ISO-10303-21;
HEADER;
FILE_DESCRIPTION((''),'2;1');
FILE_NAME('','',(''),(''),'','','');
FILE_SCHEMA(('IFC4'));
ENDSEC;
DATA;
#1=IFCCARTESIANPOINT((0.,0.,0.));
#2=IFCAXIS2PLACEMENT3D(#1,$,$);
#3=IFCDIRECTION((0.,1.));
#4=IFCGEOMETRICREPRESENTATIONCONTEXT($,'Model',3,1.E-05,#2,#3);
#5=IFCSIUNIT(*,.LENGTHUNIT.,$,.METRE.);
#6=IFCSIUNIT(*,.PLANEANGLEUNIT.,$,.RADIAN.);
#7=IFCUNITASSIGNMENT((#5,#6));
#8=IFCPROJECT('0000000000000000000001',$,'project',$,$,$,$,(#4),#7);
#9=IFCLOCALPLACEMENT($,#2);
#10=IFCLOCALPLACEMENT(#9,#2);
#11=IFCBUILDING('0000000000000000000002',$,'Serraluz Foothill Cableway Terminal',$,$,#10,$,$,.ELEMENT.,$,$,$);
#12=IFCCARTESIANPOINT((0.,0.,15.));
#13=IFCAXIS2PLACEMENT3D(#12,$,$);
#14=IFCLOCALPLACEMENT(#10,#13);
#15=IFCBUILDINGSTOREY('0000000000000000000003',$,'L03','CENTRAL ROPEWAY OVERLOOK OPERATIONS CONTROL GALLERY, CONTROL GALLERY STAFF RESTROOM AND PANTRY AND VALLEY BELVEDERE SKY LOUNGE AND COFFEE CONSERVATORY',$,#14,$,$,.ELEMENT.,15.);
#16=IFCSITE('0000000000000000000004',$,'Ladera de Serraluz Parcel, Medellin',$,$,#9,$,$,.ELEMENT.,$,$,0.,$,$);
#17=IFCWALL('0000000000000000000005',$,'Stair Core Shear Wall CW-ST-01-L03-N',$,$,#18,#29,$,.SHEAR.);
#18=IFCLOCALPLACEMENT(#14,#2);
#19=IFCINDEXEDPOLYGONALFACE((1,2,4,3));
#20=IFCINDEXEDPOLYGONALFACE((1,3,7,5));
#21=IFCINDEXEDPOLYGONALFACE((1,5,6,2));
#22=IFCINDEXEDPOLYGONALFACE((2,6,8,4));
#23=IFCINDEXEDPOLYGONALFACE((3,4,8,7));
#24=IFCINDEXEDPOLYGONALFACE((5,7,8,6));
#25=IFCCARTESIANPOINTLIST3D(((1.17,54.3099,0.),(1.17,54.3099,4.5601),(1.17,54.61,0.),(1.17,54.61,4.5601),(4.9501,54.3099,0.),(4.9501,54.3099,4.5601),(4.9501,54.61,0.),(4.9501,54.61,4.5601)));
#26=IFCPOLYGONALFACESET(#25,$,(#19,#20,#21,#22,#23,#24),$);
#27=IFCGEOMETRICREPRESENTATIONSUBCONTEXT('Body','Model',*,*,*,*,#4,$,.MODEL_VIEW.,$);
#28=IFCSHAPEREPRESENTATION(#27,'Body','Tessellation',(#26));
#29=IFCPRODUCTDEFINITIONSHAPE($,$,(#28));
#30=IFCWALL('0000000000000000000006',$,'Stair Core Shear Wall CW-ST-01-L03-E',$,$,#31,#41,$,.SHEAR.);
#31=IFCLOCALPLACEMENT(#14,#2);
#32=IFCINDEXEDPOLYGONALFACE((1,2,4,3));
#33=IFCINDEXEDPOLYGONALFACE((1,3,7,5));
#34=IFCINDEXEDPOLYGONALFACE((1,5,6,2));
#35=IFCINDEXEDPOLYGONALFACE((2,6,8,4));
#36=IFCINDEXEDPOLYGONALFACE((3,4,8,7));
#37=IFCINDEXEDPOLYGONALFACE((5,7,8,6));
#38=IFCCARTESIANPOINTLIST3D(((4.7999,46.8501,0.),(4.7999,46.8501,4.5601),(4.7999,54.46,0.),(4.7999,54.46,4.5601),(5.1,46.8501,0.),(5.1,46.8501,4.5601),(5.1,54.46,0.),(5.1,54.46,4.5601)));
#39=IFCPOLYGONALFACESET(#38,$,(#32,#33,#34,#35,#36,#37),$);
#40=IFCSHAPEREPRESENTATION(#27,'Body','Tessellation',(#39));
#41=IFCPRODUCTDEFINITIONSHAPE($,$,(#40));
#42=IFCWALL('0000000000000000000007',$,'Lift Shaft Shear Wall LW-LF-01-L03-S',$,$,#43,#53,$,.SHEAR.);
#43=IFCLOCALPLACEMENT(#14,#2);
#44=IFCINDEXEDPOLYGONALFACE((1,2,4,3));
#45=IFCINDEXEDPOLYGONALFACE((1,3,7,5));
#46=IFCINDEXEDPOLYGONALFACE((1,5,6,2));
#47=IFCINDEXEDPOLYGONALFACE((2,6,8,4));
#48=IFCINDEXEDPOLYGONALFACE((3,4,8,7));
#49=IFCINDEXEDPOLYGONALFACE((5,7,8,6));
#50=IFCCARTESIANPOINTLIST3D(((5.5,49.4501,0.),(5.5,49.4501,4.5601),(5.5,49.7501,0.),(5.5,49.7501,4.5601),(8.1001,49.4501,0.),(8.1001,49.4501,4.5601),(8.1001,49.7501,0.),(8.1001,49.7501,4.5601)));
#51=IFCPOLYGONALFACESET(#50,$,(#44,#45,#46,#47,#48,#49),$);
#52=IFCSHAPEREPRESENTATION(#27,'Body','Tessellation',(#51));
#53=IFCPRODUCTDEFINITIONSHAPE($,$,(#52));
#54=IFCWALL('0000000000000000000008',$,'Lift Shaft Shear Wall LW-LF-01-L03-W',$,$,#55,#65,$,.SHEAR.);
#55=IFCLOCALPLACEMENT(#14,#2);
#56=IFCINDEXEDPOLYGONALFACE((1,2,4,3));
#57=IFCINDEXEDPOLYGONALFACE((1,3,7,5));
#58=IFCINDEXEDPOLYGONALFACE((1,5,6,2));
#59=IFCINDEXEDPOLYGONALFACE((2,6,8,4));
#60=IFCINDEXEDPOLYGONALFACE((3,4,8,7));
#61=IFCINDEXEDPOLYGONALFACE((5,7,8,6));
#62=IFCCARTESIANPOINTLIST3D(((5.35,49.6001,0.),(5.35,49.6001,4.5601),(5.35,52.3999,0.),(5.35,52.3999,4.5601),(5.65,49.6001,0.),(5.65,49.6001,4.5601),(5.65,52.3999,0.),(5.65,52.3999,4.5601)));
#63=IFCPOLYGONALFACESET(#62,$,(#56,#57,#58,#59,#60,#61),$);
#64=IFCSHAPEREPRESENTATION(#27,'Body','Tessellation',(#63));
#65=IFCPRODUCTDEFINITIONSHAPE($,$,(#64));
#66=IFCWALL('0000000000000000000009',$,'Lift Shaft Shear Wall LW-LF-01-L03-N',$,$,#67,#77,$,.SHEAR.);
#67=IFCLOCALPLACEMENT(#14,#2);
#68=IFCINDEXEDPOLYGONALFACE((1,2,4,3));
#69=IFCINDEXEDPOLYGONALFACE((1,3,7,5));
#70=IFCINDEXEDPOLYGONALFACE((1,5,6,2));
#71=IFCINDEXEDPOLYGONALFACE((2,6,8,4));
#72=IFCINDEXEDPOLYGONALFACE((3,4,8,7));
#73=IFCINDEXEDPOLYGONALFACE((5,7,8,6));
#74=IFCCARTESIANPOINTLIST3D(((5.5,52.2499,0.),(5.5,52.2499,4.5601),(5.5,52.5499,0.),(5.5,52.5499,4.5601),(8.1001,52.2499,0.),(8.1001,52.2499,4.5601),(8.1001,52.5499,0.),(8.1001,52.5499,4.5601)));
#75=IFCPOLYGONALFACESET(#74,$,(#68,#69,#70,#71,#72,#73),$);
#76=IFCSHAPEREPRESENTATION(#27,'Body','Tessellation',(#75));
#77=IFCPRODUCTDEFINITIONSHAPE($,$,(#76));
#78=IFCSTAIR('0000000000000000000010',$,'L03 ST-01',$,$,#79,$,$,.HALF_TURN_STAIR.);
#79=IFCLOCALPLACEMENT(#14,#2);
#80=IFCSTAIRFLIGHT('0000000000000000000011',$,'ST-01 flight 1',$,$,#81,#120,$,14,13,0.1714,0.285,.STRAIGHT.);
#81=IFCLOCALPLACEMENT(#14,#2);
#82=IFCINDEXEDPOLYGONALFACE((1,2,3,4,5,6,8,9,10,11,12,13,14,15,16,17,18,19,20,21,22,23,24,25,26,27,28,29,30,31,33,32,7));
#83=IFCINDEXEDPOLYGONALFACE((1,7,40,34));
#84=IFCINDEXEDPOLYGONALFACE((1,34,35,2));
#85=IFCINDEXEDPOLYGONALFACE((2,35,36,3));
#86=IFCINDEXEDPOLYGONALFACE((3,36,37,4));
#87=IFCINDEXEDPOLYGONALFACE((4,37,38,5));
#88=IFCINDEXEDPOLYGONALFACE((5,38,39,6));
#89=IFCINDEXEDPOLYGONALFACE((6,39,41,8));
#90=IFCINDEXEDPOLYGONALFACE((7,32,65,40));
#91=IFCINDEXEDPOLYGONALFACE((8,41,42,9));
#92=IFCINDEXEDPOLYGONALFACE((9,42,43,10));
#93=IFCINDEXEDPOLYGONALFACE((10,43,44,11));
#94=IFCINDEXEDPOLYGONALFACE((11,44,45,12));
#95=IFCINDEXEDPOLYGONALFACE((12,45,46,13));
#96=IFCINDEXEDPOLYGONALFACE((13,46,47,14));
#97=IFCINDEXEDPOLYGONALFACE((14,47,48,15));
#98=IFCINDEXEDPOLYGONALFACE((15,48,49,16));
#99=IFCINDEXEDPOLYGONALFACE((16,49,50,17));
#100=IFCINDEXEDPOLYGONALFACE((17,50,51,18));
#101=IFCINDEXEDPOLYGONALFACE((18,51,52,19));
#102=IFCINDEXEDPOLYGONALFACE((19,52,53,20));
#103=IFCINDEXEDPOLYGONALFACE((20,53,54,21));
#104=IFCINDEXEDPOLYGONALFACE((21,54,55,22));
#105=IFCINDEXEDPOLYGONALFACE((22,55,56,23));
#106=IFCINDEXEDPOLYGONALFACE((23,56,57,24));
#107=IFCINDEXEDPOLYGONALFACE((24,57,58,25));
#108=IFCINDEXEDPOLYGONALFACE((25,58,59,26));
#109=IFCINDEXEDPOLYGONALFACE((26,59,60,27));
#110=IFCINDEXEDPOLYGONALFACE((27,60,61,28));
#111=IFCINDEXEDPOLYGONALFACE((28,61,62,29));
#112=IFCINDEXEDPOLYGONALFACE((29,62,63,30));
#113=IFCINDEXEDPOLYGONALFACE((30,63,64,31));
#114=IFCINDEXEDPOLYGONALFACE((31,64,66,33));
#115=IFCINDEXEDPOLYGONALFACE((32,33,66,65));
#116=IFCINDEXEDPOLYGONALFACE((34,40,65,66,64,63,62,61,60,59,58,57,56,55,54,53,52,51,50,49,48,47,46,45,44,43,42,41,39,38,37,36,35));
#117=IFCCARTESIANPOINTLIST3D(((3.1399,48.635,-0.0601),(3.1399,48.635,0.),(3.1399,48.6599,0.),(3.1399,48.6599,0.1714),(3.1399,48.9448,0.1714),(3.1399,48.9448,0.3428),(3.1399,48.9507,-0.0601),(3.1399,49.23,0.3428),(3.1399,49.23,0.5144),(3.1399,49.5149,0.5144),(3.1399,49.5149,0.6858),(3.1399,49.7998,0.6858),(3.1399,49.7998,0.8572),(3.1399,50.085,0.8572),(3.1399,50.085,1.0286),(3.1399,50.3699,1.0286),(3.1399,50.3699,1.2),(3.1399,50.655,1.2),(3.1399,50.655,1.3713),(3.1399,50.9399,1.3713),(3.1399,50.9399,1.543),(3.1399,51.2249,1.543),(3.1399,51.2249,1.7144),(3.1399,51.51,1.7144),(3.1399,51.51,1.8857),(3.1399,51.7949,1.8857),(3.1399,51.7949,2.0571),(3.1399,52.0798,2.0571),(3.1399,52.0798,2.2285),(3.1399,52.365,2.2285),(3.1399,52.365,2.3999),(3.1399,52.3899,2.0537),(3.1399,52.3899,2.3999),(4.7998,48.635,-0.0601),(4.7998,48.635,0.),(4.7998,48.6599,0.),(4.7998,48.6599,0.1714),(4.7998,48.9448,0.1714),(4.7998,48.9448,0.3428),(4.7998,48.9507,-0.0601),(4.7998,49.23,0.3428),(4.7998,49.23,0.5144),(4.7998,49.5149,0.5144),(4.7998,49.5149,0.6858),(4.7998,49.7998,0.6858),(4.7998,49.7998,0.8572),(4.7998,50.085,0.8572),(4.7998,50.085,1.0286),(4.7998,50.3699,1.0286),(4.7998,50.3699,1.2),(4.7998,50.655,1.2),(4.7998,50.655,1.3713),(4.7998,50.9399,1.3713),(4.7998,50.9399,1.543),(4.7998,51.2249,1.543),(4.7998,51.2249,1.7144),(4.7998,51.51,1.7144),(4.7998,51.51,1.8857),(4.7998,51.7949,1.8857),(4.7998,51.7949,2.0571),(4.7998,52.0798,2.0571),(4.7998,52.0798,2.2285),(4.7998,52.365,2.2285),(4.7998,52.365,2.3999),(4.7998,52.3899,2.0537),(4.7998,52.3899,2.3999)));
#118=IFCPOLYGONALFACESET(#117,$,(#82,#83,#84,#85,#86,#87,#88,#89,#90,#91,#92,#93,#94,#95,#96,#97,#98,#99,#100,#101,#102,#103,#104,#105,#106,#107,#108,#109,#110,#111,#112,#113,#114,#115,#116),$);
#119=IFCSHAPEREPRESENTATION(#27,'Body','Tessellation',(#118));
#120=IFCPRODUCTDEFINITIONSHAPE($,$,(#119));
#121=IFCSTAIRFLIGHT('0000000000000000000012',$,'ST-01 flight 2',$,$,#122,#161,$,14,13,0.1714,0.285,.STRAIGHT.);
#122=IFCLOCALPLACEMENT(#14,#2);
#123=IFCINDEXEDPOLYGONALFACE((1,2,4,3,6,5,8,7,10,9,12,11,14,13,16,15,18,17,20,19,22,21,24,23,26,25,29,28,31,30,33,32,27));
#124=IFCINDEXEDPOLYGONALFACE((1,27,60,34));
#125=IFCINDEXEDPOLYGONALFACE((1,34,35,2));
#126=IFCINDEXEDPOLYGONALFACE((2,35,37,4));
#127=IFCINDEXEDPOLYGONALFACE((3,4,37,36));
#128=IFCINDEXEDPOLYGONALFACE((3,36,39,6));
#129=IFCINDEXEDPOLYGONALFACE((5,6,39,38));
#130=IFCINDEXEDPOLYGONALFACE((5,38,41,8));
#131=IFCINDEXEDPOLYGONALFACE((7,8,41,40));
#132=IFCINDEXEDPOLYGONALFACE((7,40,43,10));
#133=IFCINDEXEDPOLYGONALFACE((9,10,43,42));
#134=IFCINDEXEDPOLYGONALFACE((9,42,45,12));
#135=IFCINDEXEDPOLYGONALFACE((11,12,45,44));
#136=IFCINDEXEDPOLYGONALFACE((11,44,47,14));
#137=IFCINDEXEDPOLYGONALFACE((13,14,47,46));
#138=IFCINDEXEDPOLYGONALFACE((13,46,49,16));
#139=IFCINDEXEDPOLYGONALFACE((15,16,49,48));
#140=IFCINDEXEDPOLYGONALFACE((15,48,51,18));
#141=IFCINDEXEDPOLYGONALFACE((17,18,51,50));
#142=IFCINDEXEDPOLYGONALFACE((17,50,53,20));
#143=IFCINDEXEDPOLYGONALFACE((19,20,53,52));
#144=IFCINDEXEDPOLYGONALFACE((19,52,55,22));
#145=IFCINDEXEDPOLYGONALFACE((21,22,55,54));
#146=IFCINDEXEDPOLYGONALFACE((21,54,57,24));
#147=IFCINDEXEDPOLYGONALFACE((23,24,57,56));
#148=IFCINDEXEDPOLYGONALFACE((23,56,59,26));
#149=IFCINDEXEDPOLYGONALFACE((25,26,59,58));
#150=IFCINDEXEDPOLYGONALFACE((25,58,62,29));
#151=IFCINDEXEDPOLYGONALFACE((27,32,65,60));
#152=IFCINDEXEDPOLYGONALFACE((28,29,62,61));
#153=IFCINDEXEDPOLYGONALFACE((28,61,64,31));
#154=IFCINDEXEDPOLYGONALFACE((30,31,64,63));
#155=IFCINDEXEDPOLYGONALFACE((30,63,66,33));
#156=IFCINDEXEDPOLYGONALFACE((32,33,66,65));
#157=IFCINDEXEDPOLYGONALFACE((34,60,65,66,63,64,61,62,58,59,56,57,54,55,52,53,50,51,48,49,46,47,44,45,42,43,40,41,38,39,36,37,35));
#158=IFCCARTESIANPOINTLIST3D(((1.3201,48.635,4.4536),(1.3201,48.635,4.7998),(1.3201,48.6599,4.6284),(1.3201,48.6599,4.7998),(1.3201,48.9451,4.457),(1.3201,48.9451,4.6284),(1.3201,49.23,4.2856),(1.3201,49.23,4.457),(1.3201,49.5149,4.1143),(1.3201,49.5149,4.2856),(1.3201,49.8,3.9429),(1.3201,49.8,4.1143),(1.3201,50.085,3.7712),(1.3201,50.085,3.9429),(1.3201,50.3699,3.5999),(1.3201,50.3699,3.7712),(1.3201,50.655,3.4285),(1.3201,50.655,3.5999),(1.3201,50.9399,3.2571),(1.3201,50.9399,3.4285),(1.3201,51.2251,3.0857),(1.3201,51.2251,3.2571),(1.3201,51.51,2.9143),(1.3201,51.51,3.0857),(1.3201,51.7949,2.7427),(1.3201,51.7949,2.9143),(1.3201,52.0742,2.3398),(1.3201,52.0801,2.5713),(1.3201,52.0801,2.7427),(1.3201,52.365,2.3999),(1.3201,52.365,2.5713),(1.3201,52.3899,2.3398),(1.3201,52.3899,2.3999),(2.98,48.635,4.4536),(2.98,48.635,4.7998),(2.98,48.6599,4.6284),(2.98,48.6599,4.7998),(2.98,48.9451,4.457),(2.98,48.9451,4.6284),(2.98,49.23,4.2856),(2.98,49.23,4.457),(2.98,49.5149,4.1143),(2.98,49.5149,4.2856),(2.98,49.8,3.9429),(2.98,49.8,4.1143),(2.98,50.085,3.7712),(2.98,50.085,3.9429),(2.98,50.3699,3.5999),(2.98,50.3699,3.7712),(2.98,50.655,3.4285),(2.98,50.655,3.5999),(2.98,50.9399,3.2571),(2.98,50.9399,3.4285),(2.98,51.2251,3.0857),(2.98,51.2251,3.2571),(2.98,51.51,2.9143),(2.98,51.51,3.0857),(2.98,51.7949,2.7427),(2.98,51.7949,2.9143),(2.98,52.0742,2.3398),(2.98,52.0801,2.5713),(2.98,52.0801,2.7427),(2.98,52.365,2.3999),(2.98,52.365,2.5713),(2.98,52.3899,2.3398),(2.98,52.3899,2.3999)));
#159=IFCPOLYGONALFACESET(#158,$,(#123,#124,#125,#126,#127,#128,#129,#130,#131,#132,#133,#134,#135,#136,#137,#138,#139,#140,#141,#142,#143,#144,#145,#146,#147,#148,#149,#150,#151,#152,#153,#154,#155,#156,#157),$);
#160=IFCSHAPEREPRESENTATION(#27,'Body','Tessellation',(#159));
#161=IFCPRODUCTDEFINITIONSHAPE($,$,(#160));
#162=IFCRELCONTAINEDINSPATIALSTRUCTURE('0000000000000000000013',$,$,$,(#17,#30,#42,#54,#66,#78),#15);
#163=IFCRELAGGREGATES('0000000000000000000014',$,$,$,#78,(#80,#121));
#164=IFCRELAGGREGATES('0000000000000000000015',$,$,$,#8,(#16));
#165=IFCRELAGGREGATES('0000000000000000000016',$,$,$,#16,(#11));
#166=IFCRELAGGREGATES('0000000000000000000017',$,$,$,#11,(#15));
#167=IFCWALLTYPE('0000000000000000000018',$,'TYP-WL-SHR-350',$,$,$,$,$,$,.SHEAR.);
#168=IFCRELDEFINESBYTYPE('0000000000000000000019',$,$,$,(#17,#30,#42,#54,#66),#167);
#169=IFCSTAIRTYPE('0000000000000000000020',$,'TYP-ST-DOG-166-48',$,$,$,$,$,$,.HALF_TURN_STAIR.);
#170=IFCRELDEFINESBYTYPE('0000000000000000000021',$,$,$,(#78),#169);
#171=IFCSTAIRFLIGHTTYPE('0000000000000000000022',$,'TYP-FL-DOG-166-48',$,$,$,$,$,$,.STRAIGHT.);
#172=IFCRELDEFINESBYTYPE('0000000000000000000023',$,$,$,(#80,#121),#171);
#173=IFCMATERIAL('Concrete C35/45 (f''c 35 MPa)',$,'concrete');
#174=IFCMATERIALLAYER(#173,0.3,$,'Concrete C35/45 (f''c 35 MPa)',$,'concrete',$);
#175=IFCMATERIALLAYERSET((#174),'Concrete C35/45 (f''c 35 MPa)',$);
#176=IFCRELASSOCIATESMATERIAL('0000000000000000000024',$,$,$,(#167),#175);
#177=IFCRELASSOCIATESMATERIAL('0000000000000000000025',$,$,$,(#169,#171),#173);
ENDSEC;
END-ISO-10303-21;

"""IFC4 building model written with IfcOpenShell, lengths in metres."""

from ifc_helpers import new_model, si_unit, direction, frame, frame_2d, origin, place, context, subcontext, project, spatial, polyline, rectangle, outline, extrude, material, layer, layer_set, type_object, element, aggregate, save


model = new_model("IFC4")

# Units and contexts
model_context = context("Model", 3, precision=1e-05, world=origin(), true_north=direction((0.0, 1.0)))
body_context = subcontext(model_context, "Body", "Model", "MODEL_VIEW")
ifc_project = project(units=[si_unit("LENGTHUNIT", "METRE"), si_unit("PLANEANGLEUNIT", "RADIAN")], contexts=[model_context])

# Site, building, storey
site_placement = place(None, origin())
site = spatial("IfcSite", under=ifc_project, at=site_placement, Name="Ladera de Serraluz Parcel, Medellin", CompositionType="ELEMENT", RefElevation=0.0)
building_placement = place(site_placement, origin())
building = spatial("IfcBuilding", under=site, at=building_placement, Name="Serraluz Foothill Cableway Terminal", CompositionType="ELEMENT")
storey_placement = place(building_placement, frame((0.0, 0.0, 15.0)))
storey = spatial("IfcBuildingStorey", under=building, at=storey_placement, Name="L03", Description="CENTRAL ROPEWAY OVERLOOK OPERATIONS CONTROL GALLERY, CONTROL GALLERY STAFF RESTROOM AND PANTRY AND VALLEY BELVEDERE SKY LOUNGE AND COFFEE CONSERVATORY", CompositionType="ELEMENT", Elevation=15.0)

# Walls
ifc_material_1 = material(Name="Concrete C35/45 (f'c 35 MPa)", Category="concrete")
ifc_layer_1 = layer(ifc_material_1, 0.3, Name="Concrete C35/45 (f'c 35 MPa)", Category="concrete")
ifc_layer_set_1 = layer_set([ifc_layer_1], Name="Concrete C35/45 (f'c 35 MPa)")
wall_type = type_object("IfcWallType", Name="TYP-WL-SHR-350", PredefinedType="SHEAR", material=ifc_layer_set_1)
wall_1_placement = place(storey_placement, frame((1.1699, 54.46, 0.0), z_axis=(0.0, 0.0, 1.0), x_axis=(1.0, 0.0, 0.0)))
element("IfcWall", 1, at=wall_1_placement, inside=storey, type_object=wall_type, Name="Stair Core Shear Wall CW-ST-01-L03-N", PredefinedType="SHEAR", context=body_context, shape_type="SweptSolid", body=[
    extrude(rectangle(XDim=3.78, YDim=0.3, at=frame_2d((1.8901, 0.0))), origin(), (0.0, 0.0, 1.0), 4.5601),
])
wall_2_placement = place(storey_placement, frame((4.95, 54.46, 0.0), z_axis=(0.0, 0.0, 1.0), x_axis=(0.0, -1.0, 0.0)))
element("IfcWall", 2, at=wall_2_placement, inside=storey, type_object=wall_type, Name="Stair Core Shear Wall CW-ST-01-L03-E", PredefinedType="SHEAR", context=body_context, shape_type="SweptSolid", body=[
    extrude(rectangle(XDim=7.6099, YDim=0.3, at=frame_2d((3.8049, 0.0))), origin(), (0.0, 0.0, 1.0), 4.5601),
])
wall_3_placement = place(storey_placement, frame((8.1001, 49.6001, 0.0), z_axis=(0.0, 0.0, 1.0), x_axis=(-1.0, 0.0, 0.0)))
element("IfcWall", 3, at=wall_3_placement, inside=storey, type_object=wall_type, Name="Lift Shaft Shear Wall LW-LF-01-L03-S", PredefinedType="SHEAR", context=body_context, shape_type="SweptSolid", body=[
    extrude(rectangle(XDim=2.6001, YDim=0.3, at=frame_2d((1.3, 0.0))), origin(), (0.0, 0.0, 1.0), 4.5601),
])
wall_4_placement = place(storey_placement, frame((5.5, 49.6001, 0.0), z_axis=(0.0, 0.0, 1.0), x_axis=(0.0, 1.0, 0.0)))
element("IfcWall", 4, at=wall_4_placement, inside=storey, type_object=wall_type, Name="Lift Shaft Shear Wall LW-LF-01-L03-W", PredefinedType="SHEAR", context=body_context, shape_type="SweptSolid", body=[
    extrude(rectangle(XDim=2.7998, YDim=0.3, at=frame_2d((1.3999, 0.0))), origin(), (0.0, 0.0, 1.0), 4.5601),
])
wall_5_placement = place(storey_placement, frame((5.5, 52.3999, 0.0), z_axis=(0.0, 0.0, 1.0), x_axis=(1.0, 0.0, 0.0)))
element("IfcWall", 5, at=wall_5_placement, inside=storey, type_object=wall_type, Name="Lift Shaft Shear Wall LW-LF-01-L03-N", PredefinedType="SHEAR", context=body_context, shape_type="SweptSolid", body=[
    extrude(rectangle(XDim=2.6001, YDim=0.3, at=frame_2d((1.3, 0.0))), origin(), (0.0, 0.0, 1.0), 4.5601),
])

# Stair, stair flights
stair_type = type_object("IfcStairType", Name="TYP-ST-DOG-166-48", PredefinedType="HALF_TURN_STAIR", material=ifc_material_1)
stair_placement = place(storey_placement, origin())
stair = element("IfcStair", 6, at=stair_placement, inside=storey, type_object=stair_type, Name="L03 ST-01", PredefinedType="HALF_TURN_STAIR")
stair_flight_type = type_object("IfcStairFlightType", Name="TYP-FL-DOG-166-48", PredefinedType="STRAIGHT", material=ifc_material_1)
stair_flight_1_placement = place(storey_placement, frame((3.97, 48.6599, 0.0), z_axis=(0.0, 0.0, 1.0), x_axis=(0.0, 1.0, 0.0)))
stair_flight_1 = element("IfcStairFlight", 7, at=stair_flight_1_placement, type_object=stair_flight_type, Name="ST-01 flight 1", NumberOfRisers=14, NumberOfTreads=13, PredefinedType="STRAIGHT", RiserHeight=0.1714, TreadLength=0.285, context=body_context, shape_type="SweptSolid", body=[
    extrude(outline(polyline([(-0.0249, -0.0601), (-0.0249, 0.0), (0.0, 0.0), (0.0, 0.1714), (0.2849, 0.1714), (0.2849, 0.3428), (0.5701, 0.3428), (0.5701, 0.5144), (0.855, 0.5144), (0.855, 0.6858), (1.1399, 0.6858), (1.1399, 0.8572), (1.425, 0.8572), (1.425, 1.0286), (1.71, 1.0286), (1.71, 1.2), (1.9951, 1.2), (1.9951, 1.3713), (2.28, 1.3713), (2.28, 1.543), (2.5649, 1.543), (2.5649, 1.7144), (2.8501, 1.7144), (2.8501, 1.8857), (3.135, 1.8857), (3.135, 2.0571), (3.4199, 2.0571), (3.4199, 2.2285), (3.7051, 2.2285), (3.7051, 2.3999), (3.73, 2.3999), (3.73, 2.0537), (0.2908, -0.0601), (-0.0249, -0.0601)])), frame((0.0, 0.8301, 0.0), z_axis=(0.0, -1.0, 0.0), x_axis=(1.0, 0.0, 0.0)), (0.0, 0.0, 1.0), 1.6599),
])
stair_flight_2_placement = place(storey_placement, frame((2.1499, 52.365, 2.3999), z_axis=(0.0, 0.0, 1.0), x_axis=(0.0, -1.0, 0.0)))
stair_flight_2 = element("IfcStairFlight", 8, at=stair_flight_2_placement, type_object=stair_flight_type, Name="ST-01 flight 2", NumberOfRisers=14, NumberOfTreads=13, PredefinedType="STRAIGHT", RiserHeight=0.1714, TreadLength=0.285, context=body_context, shape_type="SweptSolid", body=[
    extrude(outline(polyline([(-0.0249, -0.0601), (-0.0249, 0.0), (0.0, 0.0), (0.0, 0.1714), (0.2849, 0.1714), (0.2849, 0.3428), (0.5701, 0.3428), (0.5701, 0.5144), (0.855, 0.5144), (0.855, 0.6858), (1.1399, 0.6858), (1.1399, 0.8572), (1.425, 0.8572), (1.425, 1.0286), (1.71, 1.0286), (1.71, 1.2), (1.9951, 1.2), (1.9951, 1.3713), (2.28, 1.3713), (2.28, 1.543), (2.5649, 1.543), (2.5649, 1.7144), (2.8501, 1.7144), (2.8501, 1.8857), (3.135, 1.8857), (3.135, 2.0571), (3.4199, 2.0571), (3.4199, 2.2285), (3.7051, 2.2285), (3.7051, 2.3999), (3.73, 2.3999), (3.73, 2.0537), (0.2908, -0.0601), (-0.0249, -0.0601)])), frame((0.0, 0.8301, 0.0), z_axis=(0.0, -1.0, 0.0), x_axis=(1.0, 0.0, 0.0)), (0.0, 0.0, 1.0), 1.6599),
])
aggregate(stair, [stair_flight_1, stair_flight_2])

save(model, "model.ifc")
